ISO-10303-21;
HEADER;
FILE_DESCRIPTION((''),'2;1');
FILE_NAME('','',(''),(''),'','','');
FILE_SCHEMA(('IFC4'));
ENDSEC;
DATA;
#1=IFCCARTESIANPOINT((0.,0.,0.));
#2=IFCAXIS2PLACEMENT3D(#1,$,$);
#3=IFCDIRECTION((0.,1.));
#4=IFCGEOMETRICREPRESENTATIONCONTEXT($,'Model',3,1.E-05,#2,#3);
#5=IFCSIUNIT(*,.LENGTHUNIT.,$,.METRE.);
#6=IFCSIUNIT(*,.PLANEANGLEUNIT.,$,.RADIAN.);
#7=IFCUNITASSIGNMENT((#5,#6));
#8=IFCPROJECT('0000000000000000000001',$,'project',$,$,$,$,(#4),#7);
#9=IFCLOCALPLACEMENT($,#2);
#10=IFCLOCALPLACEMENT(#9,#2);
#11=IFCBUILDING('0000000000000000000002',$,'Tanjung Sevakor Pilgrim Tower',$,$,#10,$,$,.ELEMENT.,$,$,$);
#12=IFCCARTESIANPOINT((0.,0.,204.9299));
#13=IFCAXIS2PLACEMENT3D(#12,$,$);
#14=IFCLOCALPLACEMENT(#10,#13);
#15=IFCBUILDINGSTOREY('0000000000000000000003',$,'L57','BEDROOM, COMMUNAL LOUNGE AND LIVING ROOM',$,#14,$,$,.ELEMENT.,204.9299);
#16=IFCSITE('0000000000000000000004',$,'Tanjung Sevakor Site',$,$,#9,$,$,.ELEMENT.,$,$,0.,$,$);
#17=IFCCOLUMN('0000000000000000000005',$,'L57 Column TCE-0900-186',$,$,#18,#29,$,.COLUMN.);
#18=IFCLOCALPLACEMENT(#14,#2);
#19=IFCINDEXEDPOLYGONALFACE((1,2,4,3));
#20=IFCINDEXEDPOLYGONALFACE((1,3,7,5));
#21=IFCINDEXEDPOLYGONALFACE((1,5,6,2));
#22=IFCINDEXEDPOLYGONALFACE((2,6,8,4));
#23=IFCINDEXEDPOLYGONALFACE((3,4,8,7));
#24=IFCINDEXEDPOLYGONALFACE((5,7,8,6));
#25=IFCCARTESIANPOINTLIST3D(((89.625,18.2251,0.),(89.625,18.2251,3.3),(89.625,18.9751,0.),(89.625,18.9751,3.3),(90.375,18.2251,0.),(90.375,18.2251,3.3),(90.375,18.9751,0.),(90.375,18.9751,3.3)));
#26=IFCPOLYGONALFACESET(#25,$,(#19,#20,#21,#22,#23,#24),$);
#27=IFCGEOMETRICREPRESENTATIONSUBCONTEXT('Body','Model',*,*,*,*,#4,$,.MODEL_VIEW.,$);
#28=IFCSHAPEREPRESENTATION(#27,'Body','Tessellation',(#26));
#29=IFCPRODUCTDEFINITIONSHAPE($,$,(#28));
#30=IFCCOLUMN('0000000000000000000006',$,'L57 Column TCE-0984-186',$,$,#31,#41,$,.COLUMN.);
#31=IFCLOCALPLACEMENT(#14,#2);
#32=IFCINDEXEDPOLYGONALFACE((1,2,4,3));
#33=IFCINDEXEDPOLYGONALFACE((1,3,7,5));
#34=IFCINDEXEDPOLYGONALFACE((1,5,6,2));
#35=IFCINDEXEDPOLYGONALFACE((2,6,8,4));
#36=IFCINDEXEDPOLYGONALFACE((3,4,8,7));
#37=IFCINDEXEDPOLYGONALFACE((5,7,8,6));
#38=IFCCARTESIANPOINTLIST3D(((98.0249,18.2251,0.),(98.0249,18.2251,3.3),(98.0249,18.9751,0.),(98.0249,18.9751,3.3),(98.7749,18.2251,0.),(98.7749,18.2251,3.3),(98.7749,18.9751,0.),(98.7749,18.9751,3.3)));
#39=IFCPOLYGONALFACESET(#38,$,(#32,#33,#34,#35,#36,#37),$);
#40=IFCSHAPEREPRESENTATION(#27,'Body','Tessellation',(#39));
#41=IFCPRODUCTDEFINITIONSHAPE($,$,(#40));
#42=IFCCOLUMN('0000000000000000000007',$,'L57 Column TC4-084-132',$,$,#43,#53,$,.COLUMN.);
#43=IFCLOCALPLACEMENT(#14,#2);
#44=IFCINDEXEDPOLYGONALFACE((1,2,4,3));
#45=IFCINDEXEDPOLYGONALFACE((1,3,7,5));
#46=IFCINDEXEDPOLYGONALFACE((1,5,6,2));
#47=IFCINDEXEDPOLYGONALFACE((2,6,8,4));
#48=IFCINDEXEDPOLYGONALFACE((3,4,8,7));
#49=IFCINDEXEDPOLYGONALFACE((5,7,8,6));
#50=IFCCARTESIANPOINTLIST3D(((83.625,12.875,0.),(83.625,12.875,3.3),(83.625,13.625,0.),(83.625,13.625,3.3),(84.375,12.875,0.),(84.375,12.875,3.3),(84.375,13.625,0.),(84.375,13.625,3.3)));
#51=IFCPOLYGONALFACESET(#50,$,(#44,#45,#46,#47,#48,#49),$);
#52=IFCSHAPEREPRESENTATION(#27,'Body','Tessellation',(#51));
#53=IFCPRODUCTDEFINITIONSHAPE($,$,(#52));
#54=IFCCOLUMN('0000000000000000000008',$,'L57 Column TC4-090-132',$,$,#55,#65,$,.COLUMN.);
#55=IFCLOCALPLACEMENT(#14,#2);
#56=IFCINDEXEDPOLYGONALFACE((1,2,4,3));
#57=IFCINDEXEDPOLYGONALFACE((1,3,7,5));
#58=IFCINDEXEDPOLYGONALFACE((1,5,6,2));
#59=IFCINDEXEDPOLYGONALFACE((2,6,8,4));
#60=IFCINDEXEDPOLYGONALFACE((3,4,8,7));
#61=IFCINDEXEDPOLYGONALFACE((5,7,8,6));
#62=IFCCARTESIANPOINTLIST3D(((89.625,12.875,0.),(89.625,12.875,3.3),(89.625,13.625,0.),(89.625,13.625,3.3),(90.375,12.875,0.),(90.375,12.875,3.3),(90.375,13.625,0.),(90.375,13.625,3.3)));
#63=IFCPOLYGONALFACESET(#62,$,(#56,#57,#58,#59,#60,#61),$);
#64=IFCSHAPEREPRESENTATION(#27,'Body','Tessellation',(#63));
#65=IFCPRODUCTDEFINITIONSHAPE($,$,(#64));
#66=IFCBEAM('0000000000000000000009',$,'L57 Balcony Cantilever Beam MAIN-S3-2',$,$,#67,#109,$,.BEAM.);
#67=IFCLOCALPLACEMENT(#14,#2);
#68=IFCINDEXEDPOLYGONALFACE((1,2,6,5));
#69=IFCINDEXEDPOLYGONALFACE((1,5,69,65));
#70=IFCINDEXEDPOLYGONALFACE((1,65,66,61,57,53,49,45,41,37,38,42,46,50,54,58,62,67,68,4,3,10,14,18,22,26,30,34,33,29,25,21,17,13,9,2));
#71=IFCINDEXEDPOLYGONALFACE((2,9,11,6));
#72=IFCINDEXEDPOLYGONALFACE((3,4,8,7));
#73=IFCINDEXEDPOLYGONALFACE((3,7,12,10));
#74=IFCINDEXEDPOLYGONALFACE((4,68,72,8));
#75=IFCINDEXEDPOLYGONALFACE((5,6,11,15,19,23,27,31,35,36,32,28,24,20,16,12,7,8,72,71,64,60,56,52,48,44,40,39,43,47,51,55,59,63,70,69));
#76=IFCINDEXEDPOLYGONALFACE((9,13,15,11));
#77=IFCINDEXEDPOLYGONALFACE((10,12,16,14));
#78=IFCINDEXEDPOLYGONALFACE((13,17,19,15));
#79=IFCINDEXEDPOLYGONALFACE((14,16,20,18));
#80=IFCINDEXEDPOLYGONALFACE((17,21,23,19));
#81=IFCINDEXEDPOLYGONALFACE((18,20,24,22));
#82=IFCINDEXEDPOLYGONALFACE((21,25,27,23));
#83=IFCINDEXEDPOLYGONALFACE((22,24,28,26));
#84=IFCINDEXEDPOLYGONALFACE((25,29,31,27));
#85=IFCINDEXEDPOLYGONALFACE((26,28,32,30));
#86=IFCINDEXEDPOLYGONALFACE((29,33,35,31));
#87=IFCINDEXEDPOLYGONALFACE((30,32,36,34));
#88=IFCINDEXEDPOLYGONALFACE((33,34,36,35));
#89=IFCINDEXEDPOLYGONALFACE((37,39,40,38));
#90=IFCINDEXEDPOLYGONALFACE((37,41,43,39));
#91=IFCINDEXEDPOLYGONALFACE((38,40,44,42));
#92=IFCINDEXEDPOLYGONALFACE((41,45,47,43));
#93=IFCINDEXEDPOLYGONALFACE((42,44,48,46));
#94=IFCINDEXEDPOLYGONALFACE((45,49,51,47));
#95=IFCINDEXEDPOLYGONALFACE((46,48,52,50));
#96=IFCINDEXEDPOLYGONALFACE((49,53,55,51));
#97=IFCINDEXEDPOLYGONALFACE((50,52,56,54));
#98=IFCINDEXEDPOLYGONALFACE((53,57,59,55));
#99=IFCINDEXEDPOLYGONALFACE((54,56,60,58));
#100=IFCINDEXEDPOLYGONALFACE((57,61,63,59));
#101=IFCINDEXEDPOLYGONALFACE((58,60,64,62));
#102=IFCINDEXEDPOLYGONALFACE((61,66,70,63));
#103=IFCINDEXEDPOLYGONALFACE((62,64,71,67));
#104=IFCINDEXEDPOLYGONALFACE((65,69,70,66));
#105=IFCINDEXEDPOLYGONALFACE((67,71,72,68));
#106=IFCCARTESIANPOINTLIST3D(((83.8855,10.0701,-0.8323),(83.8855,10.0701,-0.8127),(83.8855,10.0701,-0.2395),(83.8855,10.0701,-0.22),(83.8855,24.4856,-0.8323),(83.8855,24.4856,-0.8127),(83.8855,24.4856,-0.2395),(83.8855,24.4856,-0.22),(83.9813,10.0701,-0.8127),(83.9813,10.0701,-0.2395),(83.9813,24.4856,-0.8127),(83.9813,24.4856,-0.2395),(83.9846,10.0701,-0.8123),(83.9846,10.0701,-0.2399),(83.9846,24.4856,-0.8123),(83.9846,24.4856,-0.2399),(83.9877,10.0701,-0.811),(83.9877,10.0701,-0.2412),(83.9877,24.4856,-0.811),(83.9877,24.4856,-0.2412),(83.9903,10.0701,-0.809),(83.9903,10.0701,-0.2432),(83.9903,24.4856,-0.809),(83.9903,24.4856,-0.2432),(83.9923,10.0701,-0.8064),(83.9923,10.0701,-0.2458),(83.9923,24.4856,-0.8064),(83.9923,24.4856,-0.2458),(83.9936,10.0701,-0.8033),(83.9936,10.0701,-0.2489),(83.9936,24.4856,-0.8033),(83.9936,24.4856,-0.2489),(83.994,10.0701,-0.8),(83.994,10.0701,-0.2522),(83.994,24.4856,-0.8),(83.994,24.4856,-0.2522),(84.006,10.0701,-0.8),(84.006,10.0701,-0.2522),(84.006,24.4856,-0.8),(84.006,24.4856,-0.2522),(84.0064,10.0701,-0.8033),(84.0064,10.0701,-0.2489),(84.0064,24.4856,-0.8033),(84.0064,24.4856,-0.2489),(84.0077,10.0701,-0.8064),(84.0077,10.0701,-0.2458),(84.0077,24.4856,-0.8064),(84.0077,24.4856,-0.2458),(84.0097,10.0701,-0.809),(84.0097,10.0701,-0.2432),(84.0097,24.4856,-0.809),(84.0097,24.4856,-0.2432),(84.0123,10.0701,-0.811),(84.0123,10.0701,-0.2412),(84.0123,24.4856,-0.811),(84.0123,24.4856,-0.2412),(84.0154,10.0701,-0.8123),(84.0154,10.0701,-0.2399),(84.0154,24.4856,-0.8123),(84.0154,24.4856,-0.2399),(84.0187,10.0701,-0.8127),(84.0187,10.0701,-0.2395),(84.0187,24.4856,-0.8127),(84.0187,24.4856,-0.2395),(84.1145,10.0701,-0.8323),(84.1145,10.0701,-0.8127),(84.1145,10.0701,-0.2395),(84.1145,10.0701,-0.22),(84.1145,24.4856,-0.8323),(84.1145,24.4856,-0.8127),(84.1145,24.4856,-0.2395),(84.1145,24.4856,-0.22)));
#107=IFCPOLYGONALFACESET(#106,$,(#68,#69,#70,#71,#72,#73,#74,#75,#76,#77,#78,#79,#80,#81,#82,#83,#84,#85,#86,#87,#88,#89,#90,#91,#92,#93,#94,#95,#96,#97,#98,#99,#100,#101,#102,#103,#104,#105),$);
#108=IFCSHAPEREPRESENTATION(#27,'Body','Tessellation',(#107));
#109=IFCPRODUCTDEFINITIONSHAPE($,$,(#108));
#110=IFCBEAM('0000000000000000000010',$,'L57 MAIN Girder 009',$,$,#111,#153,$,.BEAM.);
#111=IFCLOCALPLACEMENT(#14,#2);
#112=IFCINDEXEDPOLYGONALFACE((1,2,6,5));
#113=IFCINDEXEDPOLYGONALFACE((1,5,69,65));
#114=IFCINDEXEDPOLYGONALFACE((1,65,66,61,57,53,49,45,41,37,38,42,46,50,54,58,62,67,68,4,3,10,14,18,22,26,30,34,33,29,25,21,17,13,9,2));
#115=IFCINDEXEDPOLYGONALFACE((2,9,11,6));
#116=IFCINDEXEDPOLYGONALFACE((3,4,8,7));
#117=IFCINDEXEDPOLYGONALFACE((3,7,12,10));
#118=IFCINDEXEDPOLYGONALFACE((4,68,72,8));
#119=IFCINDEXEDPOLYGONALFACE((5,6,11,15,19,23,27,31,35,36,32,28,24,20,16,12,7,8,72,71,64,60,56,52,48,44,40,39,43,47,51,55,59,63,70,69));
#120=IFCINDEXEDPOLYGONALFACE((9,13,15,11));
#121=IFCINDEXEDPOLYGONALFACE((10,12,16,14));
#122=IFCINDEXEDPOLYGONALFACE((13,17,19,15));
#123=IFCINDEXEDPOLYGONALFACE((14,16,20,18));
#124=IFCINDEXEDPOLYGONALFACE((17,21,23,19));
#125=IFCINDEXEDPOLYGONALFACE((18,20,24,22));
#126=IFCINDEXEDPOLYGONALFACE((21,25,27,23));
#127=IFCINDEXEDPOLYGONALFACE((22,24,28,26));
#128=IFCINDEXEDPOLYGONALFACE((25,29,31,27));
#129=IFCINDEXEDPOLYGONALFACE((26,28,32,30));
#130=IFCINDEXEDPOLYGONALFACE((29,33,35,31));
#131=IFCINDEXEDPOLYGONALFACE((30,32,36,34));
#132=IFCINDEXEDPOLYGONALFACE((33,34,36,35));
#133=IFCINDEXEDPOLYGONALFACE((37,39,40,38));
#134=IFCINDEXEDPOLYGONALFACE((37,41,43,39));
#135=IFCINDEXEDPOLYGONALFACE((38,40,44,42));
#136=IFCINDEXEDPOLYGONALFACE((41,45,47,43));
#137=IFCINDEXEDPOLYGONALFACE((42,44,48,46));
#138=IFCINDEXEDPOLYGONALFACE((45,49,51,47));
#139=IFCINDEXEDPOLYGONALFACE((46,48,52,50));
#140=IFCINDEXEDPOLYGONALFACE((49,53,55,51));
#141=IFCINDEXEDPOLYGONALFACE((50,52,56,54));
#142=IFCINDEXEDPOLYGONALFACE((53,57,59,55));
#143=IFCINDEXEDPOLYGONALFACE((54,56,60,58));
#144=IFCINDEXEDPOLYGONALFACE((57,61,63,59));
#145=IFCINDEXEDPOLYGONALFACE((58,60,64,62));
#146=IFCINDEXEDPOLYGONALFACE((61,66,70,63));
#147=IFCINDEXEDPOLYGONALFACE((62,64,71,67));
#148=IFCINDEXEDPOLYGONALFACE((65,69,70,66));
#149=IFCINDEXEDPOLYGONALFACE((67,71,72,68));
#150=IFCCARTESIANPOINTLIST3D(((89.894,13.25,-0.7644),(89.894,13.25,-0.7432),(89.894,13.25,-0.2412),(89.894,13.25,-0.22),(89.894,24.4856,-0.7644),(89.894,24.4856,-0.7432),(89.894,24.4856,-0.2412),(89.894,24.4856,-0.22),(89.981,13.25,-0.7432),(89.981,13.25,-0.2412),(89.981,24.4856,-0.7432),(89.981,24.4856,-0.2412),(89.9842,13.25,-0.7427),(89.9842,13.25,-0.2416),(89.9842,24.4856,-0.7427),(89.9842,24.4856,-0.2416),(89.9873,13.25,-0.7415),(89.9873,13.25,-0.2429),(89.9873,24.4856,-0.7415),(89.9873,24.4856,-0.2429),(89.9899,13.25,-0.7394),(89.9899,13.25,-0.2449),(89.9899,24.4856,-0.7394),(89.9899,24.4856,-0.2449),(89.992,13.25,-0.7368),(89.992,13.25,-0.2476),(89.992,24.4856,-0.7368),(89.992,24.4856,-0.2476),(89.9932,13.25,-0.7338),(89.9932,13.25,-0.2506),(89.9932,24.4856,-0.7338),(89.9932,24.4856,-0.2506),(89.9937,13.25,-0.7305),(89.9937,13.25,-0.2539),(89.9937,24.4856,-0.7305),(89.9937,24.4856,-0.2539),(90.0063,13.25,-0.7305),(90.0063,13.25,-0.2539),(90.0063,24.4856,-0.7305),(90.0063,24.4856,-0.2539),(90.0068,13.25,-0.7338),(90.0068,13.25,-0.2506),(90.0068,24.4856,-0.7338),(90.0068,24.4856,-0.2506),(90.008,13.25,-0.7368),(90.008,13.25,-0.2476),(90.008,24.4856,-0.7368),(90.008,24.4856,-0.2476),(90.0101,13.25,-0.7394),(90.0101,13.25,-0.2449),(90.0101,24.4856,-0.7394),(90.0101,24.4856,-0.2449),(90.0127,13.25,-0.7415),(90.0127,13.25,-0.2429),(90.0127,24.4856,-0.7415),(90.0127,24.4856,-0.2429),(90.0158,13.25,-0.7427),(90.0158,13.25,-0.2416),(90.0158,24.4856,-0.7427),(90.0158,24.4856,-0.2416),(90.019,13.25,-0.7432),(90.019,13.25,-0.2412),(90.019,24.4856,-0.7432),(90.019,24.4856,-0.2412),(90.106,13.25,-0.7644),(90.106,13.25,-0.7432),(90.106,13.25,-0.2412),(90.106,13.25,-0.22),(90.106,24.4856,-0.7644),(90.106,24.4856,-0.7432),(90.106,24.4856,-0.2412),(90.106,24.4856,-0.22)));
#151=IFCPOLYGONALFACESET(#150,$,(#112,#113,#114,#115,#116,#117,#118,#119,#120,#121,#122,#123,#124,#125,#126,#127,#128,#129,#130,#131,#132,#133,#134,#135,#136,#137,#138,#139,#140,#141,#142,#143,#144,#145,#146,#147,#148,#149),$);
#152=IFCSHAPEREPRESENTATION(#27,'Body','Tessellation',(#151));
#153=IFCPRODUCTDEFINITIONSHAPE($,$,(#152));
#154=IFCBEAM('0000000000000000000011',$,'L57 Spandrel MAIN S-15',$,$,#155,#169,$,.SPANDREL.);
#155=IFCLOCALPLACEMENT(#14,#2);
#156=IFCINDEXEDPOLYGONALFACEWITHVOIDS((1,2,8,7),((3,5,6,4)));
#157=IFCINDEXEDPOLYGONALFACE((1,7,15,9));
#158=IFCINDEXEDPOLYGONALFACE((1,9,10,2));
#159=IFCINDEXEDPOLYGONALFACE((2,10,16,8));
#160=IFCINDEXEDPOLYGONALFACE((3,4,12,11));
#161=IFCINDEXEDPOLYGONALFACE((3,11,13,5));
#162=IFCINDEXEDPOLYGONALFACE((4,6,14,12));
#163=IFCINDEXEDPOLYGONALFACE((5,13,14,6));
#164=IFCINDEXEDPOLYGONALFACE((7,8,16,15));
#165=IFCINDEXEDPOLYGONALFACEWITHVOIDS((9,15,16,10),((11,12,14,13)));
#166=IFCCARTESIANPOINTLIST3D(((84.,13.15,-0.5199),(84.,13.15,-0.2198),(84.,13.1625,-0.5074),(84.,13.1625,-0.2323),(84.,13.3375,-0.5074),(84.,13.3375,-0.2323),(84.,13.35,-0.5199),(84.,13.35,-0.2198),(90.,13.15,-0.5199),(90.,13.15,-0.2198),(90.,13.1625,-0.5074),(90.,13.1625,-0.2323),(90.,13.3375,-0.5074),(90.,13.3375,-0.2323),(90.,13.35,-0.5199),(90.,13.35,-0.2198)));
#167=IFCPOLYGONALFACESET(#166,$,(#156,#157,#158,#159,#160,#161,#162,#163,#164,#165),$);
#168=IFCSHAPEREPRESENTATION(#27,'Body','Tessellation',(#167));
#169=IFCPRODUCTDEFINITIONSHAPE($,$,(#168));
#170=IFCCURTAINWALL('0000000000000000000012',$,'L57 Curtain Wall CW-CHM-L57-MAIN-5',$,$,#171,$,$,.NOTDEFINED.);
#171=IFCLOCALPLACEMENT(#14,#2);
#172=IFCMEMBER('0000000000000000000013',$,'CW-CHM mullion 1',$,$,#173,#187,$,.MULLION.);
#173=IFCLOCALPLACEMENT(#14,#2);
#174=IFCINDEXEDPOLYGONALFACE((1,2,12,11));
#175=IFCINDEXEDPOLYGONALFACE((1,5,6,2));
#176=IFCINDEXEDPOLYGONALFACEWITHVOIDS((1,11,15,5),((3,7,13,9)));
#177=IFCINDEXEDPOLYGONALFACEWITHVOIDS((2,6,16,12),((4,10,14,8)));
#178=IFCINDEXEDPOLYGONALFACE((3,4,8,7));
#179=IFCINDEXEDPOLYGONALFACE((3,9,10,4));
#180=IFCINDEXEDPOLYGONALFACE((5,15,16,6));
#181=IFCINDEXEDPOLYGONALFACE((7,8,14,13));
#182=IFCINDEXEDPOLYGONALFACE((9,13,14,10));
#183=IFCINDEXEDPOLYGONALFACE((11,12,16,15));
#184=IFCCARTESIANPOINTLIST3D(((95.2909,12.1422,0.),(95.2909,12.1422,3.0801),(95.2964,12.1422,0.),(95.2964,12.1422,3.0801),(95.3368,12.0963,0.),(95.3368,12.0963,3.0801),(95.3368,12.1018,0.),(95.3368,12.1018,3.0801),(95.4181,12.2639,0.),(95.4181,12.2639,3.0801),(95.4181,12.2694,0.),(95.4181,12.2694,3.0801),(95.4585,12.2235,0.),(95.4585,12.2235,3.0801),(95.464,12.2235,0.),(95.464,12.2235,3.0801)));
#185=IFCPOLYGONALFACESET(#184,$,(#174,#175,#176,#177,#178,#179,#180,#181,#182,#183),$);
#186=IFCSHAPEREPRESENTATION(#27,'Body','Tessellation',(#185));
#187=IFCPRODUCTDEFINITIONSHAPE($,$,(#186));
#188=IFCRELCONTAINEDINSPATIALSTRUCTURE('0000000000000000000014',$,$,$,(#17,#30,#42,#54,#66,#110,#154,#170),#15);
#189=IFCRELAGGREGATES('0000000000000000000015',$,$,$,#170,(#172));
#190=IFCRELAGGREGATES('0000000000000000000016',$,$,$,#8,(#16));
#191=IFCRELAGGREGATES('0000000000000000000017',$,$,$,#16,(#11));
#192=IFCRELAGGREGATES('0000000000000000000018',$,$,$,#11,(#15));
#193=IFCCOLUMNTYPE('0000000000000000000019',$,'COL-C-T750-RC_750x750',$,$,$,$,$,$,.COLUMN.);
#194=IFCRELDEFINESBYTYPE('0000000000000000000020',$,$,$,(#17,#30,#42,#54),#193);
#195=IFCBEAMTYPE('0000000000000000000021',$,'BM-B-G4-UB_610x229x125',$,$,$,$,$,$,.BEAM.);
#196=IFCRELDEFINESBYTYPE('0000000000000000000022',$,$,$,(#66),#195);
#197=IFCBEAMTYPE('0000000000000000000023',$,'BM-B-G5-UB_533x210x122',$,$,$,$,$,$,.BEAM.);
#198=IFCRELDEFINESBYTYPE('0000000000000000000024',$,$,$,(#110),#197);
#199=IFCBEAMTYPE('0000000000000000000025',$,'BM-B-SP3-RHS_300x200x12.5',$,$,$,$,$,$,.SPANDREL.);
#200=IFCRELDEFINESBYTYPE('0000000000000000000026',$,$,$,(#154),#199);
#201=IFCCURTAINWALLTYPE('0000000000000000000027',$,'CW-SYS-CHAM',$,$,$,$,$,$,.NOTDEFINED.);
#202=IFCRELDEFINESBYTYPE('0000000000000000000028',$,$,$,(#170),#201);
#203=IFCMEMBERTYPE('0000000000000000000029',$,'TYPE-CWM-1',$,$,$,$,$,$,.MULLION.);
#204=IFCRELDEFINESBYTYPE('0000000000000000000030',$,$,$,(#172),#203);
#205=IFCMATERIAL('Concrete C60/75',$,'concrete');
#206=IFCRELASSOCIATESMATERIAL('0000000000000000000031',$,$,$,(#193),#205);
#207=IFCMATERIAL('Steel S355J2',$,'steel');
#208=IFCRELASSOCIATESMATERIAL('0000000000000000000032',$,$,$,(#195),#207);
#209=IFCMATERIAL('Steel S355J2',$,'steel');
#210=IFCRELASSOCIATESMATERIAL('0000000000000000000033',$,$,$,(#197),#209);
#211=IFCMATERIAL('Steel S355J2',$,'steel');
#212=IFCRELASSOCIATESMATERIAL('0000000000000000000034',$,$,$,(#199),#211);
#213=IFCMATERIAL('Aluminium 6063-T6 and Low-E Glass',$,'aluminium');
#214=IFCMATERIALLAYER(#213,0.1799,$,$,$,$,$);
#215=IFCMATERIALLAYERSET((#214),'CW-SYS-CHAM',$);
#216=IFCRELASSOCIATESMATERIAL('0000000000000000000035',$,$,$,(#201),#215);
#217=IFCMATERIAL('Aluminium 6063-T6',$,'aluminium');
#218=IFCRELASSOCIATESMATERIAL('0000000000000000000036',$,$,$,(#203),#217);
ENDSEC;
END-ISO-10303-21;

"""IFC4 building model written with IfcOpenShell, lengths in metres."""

from ifc_helpers import new_model, si_unit, direction, frame, origin, origin_2d, place, context, subcontext, project, spatial, rectangle, hollow_rectangle, i_section, extrude, material, layer, layer_set, material_profile, profile_set, type_object, element, aggregate, save


model = new_model("IFC4")

# Units and contexts
model_context = context("Model", 3, precision=1e-05, world=origin(), true_north=direction((0.0, 1.0)))
body_context = subcontext(model_context, "Body", "Model", "MODEL_VIEW")
ifc_project = project(units=[si_unit("LENGTHUNIT", "METRE"), si_unit("PLANEANGLEUNIT", "RADIAN")], contexts=[model_context])

# Site, building, storey
site_placement = place(None, origin())
site = spatial("IfcSite", under=ifc_project, at=site_placement, Name="Tanjung Sevakor Site", CompositionType="ELEMENT", RefElevation=0.0)
building_placement = place(site_placement, origin())
building = spatial("IfcBuilding", under=site, at=building_placement, Name="Tanjung Sevakor Pilgrim Tower", CompositionType="ELEMENT")
storey_placement = place(building_placement, frame((0.0, 0.0, 204.9299)))
storey = spatial("IfcBuildingStorey", under=building, at=storey_placement, Name="L57", Description="BEDROOM, COMMUNAL LOUNGE AND LIVING ROOM", CompositionType="ELEMENT", Elevation=204.9299)

# Columns
ifc_material_1 = material(Name="Concrete C60/75", Category="concrete")
ifc_material_profile_1 = material_profile(ifc_material_1, rectangle(XDim=0.75, YDim=0.75, at=origin_2d()))
ifc_profile_set_1 = profile_set([ifc_material_profile_1], Name="Concrete C60/75")
column_type = type_object("IfcColumnType", Name="COL-C-T750-RC_750x750", PredefinedType="COLUMN", material=ifc_profile_set_1)
for number, where, z_axis, x_axis, name in (
    (1, (90.0, 18.6001, 0.0), (0.0, 0.0, 1.0), (1.0, 0.0, 0.0), "L57 Column TCE-0900-186"),
    (2, (98.3999, 18.6001, 0.0), (0.0, 0.0, 1.0), (1.0, 0.0, 0.0), "L57 Column TCE-0984-186"),
    (3, (84.0, 13.25, 0.0), (0.0, 0.0, 1.0), (1.0, 0.0, 0.0), "L57 Column TC4-084-132"),
    (4, (90.0, 13.25, 0.0), (0.0, 0.0, 1.0), (1.0, 0.0, 0.0), "L57 Column TC4-090-132"),
):
    element("IfcColumn", number, at=place(storey_placement, frame(where, z_axis=z_axis, x_axis=x_axis)), inside=storey, type_object=column_type, Name=name, PredefinedType="COLUMN", context=body_context, shape_type="SweptSolid", body=[
        extrude(rectangle(XDim=0.75, YDim=0.75, at=origin_2d()), origin(), (0.0, 0.0, 1.0), 3.3),
    ])

# Beams
ifc_material_2 = material(Name="Steel S355J2", Category="steel")
ifc_material_profile_2 = material_profile(ifc_material_2, i_section(OverallWidth=0.229, OverallDepth=0.6123, WebThickness=0.012, FlangeThickness=0.0195, FilletRadius=0.0127, at=origin_2d()))
ifc_profile_set_2 = profile_set([ifc_material_profile_2], Name="Steel S355J2")
beam_type_1 = type_object("IfcBeamType", Name="BM-B-G4-UB_610x229x125", PredefinedType="BEAM", material=ifc_profile_set_2)
beam_1_placement = place(storey_placement, frame((84.0, 24.4856, -0.5261), z_axis=(0.0, -1.0, 0.0), x_axis=(1.0, 0.0, 0.0)))
element("IfcBeam", 5, at=beam_1_placement, inside=storey, type_object=beam_type_1, Name="L57 Balcony Cantilever Beam MAIN-S3-2", PredefinedType="BEAM", context=body_context, shape_type="SweptSolid", body=[
    extrude(i_section(OverallWidth=0.229, OverallDepth=0.6123, WebThickness=0.012, FlangeThickness=0.0195, FilletRadius=0.0127, at=origin_2d()), origin(), (0.0, 0.0, 1.0), 14.4155),
])
ifc_material_3 = material(Name="Steel S355J2", Category="steel")
ifc_material_profile_3 = material_profile(ifc_material_3, i_section(OverallWidth=0.2119, OverallDepth=0.5444, WebThickness=0.0127, FlangeThickness=0.0212, FilletRadius=0.0127, at=origin_2d()))
ifc_profile_set_3 = profile_set([ifc_material_profile_3], Name="Steel S355J2")
beam_type_2 = type_object("IfcBeamType", Name="BM-B-G5-UB_533x210x122", PredefinedType="BEAM", material=ifc_profile_set_3)
beam_2_placement = place(storey_placement, frame((90.0, 13.25, -0.4922), z_axis=(0.0, 1.0, 0.0), x_axis=(-1.0, 0.0, 0.0)))
element("IfcBeam", 6, at=beam_2_placement, inside=storey, type_object=beam_type_2, Name="L57 MAIN Girder 009", PredefinedType="BEAM", context=body_context, shape_type="SweptSolid", body=[
    extrude(i_section(OverallWidth=0.2119, OverallDepth=0.5444, WebThickness=0.0127, FlangeThickness=0.0212, FilletRadius=0.0127, at=origin_2d()), origin(), (0.0, 0.0, 1.0), 11.2356),
])
ifc_material_4 = material(Name="Steel S355J2", Category="steel")
ifc_material_profile_4 = material_profile(ifc_material_4, hollow_rectangle(XDim=0.2, YDim=0.3, WallThickness=0.0125, at=origin_2d()))
ifc_profile_set_4 = profile_set([ifc_material_profile_4], Name="Steel S355J2")
beam_type_3 = type_object("IfcBeamType", Name="BM-B-SP3-RHS_300x200x12.5", PredefinedType="SPANDREL", material=ifc_profile_set_4)
beam_3_placement = place(storey_placement, frame((84.0, 13.25, -0.3699), z_axis=(1.0, 0.0, 0.0), x_axis=(0.0, 1.0, 0.0)))
element("IfcBeam", 7, at=beam_3_placement, inside=storey, type_object=beam_type_3, Name="L57 Spandrel MAIN S-15", PredefinedType="SPANDREL", context=body_context, shape_type="SweptSolid", body=[
    extrude(hollow_rectangle(XDim=0.2, YDim=0.3, WallThickness=0.0125, at=origin_2d()), origin(), (0.0, 0.0, 1.0), 6.0),
])

# Curtain wall, member
ifc_material_5 = material(Name="Aluminium 6063-T6 and Low-E Glass", Category="aluminium")
ifc_layer_1 = layer(ifc_material_5, 0.1799)
ifc_layer_set_1 = layer_set([ifc_layer_1], Name="CW-SYS-CHAM")
curtain_wall_type = type_object("IfcCurtainWallType", Name="CW-SYS-CHAM", PredefinedType="NOTDEFINED", material=ifc_layer_set_1)
curtain_wall_placement = place(storey_placement, origin())
curtain_wall = element("IfcCurtainWall", 8, at=curtain_wall_placement, inside=storey, type_object=curtain_wall_type, Name="L57 Curtain Wall CW-CHM-L57-MAIN-5", PredefinedType="NOTDEFINED")
ifc_material_6 = material(Name="Aluminium 6063-T6", Category="aluminium")
ifc_material_profile_5 = material_profile(ifc_material_6, hollow_rectangle(XDim=0.0649, YDim=0.1799, WallThickness=0.0039, at=origin_2d()))
ifc_profile_set_5 = profile_set([ifc_material_profile_5], Name="Aluminium 6063-T6")
member_type_1 = type_object("IfcMemberType", Name="TYPE-CWM-1", PredefinedType="MULLION", material=ifc_profile_set_5)
member_1_placement = place(storey_placement, frame((95.3774, 12.1829, 0.0), z_axis=(0.0, 0.0, 1.0), x_axis=(-0.707107, 0.707107, 0.0)))
member_1 = element("IfcMember", 9, at=member_1_placement, type_object=member_type_1, Name="CW-CHM mullion 1", PredefinedType="MULLION", context=body_context, shape_type="SweptSolid", body=[
    extrude(hollow_rectangle(XDim=0.0649, YDim=0.1799, WallThickness=0.0039, at=origin_2d()), origin(), (0.0, 0.0, 1.0), 3.0801),
])
aggregate(curtain_wall, [member_1])

save(model, "model.ifc")
